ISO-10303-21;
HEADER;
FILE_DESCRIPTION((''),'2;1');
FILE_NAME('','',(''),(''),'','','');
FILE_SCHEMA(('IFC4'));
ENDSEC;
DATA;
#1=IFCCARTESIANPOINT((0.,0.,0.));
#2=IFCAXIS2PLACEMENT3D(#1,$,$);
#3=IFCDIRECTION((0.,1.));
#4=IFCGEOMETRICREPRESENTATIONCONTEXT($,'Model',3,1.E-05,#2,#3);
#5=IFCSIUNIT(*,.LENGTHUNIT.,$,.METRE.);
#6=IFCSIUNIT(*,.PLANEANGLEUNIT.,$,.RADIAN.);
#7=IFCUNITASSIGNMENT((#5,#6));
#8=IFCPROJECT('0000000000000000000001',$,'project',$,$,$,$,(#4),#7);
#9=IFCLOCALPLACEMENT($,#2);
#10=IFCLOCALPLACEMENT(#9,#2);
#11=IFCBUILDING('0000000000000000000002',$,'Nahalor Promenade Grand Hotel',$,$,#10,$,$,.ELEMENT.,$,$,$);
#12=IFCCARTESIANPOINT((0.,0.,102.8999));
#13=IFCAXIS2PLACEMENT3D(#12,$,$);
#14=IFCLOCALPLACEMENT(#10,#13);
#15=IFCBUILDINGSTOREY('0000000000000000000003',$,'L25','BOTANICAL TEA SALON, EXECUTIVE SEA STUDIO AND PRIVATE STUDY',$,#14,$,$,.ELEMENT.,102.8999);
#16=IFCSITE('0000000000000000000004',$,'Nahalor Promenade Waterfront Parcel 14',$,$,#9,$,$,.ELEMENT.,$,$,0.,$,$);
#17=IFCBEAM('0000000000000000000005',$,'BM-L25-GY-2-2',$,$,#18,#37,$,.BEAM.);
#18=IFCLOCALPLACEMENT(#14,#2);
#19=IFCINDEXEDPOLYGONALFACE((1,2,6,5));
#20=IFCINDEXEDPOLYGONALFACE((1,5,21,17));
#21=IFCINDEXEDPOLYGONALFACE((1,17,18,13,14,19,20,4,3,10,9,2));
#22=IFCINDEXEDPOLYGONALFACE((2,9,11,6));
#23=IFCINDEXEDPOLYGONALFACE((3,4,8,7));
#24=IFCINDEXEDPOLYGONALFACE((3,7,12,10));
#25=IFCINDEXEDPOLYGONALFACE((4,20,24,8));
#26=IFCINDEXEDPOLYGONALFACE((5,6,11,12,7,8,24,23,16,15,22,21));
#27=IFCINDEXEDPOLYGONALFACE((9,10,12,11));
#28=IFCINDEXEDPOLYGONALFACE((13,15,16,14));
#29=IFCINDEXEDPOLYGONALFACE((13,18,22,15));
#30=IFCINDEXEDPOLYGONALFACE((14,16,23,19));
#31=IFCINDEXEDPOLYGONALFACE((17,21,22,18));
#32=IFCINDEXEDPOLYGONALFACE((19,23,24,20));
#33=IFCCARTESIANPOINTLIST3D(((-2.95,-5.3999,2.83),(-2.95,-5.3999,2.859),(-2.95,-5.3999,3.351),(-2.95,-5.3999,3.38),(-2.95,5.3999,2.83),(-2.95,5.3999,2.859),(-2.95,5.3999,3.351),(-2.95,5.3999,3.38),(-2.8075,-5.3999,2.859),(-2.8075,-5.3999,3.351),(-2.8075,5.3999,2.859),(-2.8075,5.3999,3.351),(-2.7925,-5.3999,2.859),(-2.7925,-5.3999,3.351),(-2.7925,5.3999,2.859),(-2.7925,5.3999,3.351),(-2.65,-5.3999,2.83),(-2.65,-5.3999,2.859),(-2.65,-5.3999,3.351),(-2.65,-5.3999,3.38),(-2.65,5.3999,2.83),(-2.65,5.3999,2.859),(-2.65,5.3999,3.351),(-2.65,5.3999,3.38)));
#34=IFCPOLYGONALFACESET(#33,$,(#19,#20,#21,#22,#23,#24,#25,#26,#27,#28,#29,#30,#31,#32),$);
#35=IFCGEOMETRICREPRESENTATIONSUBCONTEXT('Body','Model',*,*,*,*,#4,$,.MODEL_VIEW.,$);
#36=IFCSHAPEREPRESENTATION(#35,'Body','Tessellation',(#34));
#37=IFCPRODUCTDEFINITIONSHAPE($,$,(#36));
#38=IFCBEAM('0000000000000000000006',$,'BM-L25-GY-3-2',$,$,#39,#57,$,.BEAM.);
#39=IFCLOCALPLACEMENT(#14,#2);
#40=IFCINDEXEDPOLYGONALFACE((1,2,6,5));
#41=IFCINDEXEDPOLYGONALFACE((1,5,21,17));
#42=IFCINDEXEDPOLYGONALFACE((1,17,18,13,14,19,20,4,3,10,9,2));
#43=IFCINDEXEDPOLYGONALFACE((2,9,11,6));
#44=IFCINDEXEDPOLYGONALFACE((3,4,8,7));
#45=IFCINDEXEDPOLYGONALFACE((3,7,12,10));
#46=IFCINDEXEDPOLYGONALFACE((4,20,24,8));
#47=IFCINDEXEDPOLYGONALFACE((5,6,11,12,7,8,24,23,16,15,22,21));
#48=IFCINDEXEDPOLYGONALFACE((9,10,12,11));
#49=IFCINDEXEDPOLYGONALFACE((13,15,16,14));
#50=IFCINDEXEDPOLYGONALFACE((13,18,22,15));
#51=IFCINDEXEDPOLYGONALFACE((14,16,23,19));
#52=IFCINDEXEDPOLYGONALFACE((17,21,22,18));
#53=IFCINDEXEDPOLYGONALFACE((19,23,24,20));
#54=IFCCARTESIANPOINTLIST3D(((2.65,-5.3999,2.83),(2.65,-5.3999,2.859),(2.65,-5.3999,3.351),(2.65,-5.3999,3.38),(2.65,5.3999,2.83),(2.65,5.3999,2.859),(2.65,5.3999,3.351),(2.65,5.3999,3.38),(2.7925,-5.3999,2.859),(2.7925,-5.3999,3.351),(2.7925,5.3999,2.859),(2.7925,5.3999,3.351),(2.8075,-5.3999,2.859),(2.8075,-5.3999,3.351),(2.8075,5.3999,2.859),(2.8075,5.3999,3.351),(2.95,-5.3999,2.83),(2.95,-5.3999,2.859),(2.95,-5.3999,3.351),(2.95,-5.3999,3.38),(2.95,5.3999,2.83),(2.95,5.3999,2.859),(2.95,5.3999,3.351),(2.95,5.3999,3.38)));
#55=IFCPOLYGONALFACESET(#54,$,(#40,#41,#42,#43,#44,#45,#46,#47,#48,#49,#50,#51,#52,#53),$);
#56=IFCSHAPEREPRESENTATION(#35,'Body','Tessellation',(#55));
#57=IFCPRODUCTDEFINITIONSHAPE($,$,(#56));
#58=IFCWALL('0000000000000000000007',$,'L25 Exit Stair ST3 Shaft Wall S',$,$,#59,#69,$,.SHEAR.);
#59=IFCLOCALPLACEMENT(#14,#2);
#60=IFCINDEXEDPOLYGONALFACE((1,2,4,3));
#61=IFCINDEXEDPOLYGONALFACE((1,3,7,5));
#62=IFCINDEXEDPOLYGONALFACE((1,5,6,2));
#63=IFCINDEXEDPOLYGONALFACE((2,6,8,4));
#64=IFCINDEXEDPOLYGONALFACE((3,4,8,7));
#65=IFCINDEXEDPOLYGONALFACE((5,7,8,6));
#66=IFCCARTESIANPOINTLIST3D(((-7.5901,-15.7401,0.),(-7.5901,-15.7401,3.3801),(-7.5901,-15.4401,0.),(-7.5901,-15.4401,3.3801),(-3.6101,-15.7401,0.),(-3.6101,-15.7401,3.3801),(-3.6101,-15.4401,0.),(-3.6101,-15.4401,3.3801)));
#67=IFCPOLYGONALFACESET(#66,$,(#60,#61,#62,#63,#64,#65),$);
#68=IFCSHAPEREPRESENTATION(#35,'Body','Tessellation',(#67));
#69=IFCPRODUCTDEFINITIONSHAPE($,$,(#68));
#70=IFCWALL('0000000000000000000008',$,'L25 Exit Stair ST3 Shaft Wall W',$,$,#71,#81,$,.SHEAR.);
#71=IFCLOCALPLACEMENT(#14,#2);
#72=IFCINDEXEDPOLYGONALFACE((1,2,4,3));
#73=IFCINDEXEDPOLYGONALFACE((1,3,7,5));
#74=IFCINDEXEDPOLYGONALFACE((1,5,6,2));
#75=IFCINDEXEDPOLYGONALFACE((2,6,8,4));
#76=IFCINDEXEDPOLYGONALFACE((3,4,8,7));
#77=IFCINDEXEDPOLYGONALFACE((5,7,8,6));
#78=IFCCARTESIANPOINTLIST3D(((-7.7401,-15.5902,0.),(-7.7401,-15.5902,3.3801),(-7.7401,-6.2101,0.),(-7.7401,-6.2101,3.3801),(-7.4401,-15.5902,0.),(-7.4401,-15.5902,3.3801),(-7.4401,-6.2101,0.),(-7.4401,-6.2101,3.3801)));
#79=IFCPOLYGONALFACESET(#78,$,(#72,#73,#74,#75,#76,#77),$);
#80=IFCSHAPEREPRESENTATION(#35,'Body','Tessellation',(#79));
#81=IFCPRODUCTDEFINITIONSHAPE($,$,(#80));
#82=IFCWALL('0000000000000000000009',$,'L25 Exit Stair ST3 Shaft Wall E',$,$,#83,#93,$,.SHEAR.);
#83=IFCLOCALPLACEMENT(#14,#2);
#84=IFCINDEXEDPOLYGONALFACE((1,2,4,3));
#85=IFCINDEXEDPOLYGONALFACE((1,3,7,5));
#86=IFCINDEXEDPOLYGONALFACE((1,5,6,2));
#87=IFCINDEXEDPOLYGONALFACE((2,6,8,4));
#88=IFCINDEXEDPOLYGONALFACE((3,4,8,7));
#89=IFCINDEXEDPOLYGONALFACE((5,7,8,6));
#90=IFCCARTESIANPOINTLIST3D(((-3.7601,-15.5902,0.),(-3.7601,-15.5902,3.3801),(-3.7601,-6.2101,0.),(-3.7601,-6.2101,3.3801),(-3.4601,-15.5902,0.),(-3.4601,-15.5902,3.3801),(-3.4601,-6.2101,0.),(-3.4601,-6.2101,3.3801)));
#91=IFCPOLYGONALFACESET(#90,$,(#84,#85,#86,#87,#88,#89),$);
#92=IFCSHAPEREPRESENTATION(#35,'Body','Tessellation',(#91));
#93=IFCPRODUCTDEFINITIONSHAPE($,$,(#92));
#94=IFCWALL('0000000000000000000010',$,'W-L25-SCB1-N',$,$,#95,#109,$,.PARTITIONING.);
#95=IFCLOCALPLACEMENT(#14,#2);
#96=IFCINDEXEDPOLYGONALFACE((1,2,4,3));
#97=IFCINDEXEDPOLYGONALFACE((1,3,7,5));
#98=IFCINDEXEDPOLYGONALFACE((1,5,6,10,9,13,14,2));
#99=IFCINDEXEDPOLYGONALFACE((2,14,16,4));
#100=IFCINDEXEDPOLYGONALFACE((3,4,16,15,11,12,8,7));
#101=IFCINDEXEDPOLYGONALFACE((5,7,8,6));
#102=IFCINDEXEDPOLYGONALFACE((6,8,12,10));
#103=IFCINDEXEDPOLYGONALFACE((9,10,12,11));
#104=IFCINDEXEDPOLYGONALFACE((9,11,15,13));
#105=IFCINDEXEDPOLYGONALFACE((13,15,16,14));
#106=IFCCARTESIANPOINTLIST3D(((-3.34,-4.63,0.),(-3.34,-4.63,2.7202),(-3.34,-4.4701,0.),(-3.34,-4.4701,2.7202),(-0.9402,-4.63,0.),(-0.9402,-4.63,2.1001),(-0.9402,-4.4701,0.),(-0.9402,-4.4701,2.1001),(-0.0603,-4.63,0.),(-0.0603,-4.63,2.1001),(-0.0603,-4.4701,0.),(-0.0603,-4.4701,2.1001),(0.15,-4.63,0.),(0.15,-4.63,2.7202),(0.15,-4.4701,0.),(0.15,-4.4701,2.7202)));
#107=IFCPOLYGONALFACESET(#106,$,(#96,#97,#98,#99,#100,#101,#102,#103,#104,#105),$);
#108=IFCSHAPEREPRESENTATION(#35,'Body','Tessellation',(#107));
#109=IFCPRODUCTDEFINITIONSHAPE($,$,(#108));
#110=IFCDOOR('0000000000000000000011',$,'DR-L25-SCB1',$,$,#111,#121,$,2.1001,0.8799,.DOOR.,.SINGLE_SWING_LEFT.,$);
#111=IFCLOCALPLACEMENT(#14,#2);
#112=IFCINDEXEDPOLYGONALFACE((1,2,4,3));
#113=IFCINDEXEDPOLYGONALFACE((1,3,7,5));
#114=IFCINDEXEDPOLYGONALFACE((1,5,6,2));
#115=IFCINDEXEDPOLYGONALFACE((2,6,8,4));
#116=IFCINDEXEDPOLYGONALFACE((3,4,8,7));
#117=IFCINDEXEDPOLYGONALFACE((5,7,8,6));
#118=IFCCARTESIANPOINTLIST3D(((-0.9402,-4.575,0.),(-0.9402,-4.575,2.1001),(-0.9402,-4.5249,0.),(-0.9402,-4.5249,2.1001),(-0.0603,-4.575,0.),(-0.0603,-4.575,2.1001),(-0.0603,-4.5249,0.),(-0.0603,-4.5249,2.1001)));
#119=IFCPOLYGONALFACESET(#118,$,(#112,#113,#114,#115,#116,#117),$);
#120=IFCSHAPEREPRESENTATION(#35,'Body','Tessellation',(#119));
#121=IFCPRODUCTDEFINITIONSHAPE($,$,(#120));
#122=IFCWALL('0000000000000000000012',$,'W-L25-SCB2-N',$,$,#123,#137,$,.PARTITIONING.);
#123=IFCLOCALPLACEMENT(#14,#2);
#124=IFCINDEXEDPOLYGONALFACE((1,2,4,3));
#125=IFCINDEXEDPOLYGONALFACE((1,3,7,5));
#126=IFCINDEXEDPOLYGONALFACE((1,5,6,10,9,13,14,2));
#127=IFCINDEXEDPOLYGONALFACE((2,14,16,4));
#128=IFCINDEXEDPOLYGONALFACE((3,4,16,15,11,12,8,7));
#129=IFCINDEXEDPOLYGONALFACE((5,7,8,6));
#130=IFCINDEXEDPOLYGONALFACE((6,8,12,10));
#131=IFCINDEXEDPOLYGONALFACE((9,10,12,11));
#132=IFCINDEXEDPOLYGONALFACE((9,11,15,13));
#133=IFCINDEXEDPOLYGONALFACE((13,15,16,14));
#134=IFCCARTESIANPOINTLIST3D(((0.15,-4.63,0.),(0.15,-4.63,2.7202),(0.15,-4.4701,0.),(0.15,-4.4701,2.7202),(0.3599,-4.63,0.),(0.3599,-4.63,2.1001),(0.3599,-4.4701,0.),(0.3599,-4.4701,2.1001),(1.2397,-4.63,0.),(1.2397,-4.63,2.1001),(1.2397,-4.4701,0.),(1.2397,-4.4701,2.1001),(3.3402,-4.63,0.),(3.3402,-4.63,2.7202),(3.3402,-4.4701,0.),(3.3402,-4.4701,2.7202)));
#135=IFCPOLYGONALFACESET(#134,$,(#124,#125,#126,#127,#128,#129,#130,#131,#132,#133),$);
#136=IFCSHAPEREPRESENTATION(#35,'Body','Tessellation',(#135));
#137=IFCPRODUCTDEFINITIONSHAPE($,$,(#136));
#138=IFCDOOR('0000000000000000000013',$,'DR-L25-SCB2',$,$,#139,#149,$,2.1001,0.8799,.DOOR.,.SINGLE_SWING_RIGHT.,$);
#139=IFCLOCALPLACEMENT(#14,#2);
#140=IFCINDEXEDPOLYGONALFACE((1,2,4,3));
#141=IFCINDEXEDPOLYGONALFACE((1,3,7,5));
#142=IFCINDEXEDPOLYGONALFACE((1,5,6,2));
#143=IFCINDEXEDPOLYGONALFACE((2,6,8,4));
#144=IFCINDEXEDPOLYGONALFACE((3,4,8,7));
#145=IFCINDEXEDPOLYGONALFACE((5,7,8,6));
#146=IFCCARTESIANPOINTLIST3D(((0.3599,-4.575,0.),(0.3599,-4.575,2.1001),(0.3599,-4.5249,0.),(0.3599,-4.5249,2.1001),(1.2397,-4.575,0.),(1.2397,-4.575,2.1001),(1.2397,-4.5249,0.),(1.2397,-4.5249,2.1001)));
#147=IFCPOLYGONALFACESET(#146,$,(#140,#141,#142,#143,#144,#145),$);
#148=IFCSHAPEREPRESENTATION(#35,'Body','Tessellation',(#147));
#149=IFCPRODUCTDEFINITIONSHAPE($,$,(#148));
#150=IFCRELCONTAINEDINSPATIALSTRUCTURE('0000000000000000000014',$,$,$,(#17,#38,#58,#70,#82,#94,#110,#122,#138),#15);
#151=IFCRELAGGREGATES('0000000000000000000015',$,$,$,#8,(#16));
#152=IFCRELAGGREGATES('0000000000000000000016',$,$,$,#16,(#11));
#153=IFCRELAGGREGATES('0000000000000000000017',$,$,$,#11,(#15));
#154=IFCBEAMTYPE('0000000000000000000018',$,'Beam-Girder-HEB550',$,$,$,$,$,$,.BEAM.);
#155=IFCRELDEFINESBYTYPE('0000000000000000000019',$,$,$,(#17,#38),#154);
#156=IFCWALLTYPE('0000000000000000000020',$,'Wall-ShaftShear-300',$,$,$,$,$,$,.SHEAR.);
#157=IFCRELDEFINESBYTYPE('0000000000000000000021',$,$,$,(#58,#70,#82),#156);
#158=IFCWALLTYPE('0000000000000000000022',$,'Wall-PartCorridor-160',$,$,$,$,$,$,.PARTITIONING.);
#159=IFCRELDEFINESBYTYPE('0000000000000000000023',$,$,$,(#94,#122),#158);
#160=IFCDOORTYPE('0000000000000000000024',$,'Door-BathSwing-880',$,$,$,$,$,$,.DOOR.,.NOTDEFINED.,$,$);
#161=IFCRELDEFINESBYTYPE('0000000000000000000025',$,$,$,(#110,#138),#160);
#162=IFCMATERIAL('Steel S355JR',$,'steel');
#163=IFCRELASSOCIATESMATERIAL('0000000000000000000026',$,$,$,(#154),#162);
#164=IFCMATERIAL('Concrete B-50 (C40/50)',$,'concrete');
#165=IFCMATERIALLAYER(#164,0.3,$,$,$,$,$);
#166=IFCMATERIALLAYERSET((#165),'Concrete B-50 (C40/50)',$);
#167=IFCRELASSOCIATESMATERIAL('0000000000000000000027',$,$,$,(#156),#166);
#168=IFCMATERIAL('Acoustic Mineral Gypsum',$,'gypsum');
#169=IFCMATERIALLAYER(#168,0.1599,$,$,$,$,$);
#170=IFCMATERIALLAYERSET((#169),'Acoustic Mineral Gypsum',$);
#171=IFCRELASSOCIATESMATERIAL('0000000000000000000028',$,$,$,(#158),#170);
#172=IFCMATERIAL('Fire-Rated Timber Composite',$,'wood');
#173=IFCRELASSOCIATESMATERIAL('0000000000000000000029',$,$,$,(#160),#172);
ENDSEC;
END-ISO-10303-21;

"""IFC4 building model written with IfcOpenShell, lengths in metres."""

from ifc_helpers import new_model, si_unit, direction, frame, frame_2d, origin, origin_2d, place, context, subcontext, project, spatial, rectangle, i_section, extrude, source, transform, mapped, material, layer, layer_set, material_profile, profile_set, type_object, element, fill, save


model = new_model("IFC4")

# Units and contexts
model_context = context("Model", 3, precision=1e-05, world=origin(), true_north=direction((0.0, 1.0)))
body_context = subcontext(model_context, "Body", "Model", "MODEL_VIEW")
ifc_project = project(units=[si_unit("LENGTHUNIT", "METRE"), si_unit("PLANEANGLEUNIT", "RADIAN")], contexts=[model_context])

# Site, building, storey
site_placement = place(None, origin())
site = spatial("IfcSite", under=ifc_project, at=site_placement, Name="Nahalor Promenade Waterfront Parcel 14", CompositionType="ELEMENT", RefElevation=0.0)
building_placement = place(site_placement, origin())
building = spatial("IfcBuilding", under=site, at=building_placement, Name="Nahalor Promenade Grand Hotel", CompositionType="ELEMENT")
storey_placement = place(building_placement, frame((0.0, 0.0, 102.8999)))
storey = spatial("IfcBuildingStorey", under=building, at=storey_placement, Name="L25", Description="BOTANICAL TEA SALON, EXECUTIVE SEA STUDIO AND PRIVATE STUDY", CompositionType="ELEMENT", Elevation=102.8999)

# Beams
ifc_material_1 = material(Name="Steel S355JR", Category="steel")
ifc_material_profile_1 = material_profile(ifc_material_1, i_section(OverallWidth=0.3, OverallDepth=0.55, WebThickness=0.015, FlangeThickness=0.029, at=origin_2d()), Name="HEB 550")
ifc_profile_set_1 = profile_set([ifc_material_profile_1], Name="Steel S355JR")
beam_type = type_object("IfcBeamType", Name="Beam-Girder-HEB550", PredefinedType="BEAM", material=ifc_profile_set_1)
shared_shape_1 = source(origin(), body_context, "Body", "SweptSolid", [
    extrude(i_section(OverallWidth=0.3, OverallDepth=0.55, WebThickness=0.015, FlangeThickness=0.029, at=origin_2d()), origin(), (0.0, 0.0, 1.0), 10.7998),
])
for number, where, z_axis, x_axis, name in (
    (1, (-2.8, -5.3999, 3.105), (0.0, 1.0, 0.0), (-1.0, 0.0, 0.0), "BM-L25-GY-2-2"),
    (2, (2.8, -5.3999, 3.105), (0.0, 1.0, 0.0), (-1.0, 0.0, 0.0), "BM-L25-GY-3-2"),
):
    element("IfcBeam", number, at=place(storey_placement, frame(where, z_axis=z_axis, x_axis=x_axis)), inside=storey, type_object=beam_type, Name=name, PredefinedType="BEAM", context=body_context, shape_type="MappedRepresentation", body=[
        mapped(shared_shape_1, transform((0.0, 0.0, 0.0), scale=1.0)),
    ])

# Wall
ifc_material_2 = material(Name="Concrete B-50 (C40/50)", Category="concrete")
ifc_layer_1 = layer(ifc_material_2, 0.3)
ifc_layer_set_1 = layer_set([ifc_layer_1], Name="Concrete B-50 (C40/50)")
wall_type_1 = type_object("IfcWallType", Name="Wall-ShaftShear-300", PredefinedType="SHEAR", material=ifc_layer_set_1)
shared_shape_2 = source(origin(), body_context, "Body", "SweptSolid", [
    extrude(rectangle(XDim=3.98, YDim=0.3, at=frame_2d((1.99, 0.0))), origin(), (0.0, 0.0, 1.0), 3.3801),
])
wall_1_placement = place(storey_placement, frame((-7.5901, -15.5901, 0.0), z_axis=(0.0, 0.0, 1.0), x_axis=(1.0, 0.0, 0.0)))
element("IfcWall", 3, at=wall_1_placement, inside=storey, type_object=wall_type_1, Name="L25 Exit Stair ST3 Shaft Wall S", PredefinedType="SHEAR", context=body_context, shape_type="MappedRepresentation", body=[
    mapped(shared_shape_2, transform((0.0, 0.0, 0.0), scale=1.0)),
])

# Walls
shared_shape_3 = source(origin(), body_context, "Body", "SweptSolid", [
    extrude(rectangle(XDim=9.3801, YDim=0.3, at=frame_2d((4.6899, 0.0))), origin(), (0.0, 0.0, 1.0), 3.3801),
])
for number, where, z_axis, x_axis, name in (
    (4, (-7.5901, -15.5901, 0.0), (0.0, 0.0, 1.0), (0.0, 1.0, 0.0), "L25 Exit Stair ST3 Shaft Wall W"),
    (5, (-3.6101, -15.5901, 0.0), (0.0, 0.0, 1.0), (0.0, 1.0, 0.0), "L25 Exit Stair ST3 Shaft Wall E"),
):
    element("IfcWall", number, at=place(storey_placement, frame(where, z_axis=z_axis, x_axis=x_axis)), inside=storey, type_object=wall_type_1, Name=name, PredefinedType="SHEAR", context=body_context, shape_type="MappedRepresentation", body=[
        mapped(shared_shape_3, transform((0.0, 0.0, 0.0), scale=1.0)),
    ])

# Walls, openings, doors
ifc_material_3 = material(Name="Acoustic Mineral Gypsum", Category="gypsum")
ifc_layer_2 = layer(ifc_material_3, 0.1599)
ifc_layer_set_2 = layer_set([ifc_layer_2], Name="Acoustic Mineral Gypsum")
wall_type_2 = type_object("IfcWallType", Name="Wall-PartCorridor-160", PredefinedType="PARTITIONING", material=ifc_layer_set_2)
shared_shape_4 = source(origin(), body_context, "Body", "SweptSolid", [
    extrude(rectangle(XDim=3.49, YDim=0.1599, at=frame_2d((1.7451, 0.0))), origin(), (0.0, 0.0, 1.0), 2.7202),
])
wall_2_placement = place(storey_placement, frame((-3.3401, -4.55, 0.0), z_axis=(0.0, 0.0, 1.0), x_axis=(1.0, 0.0, 0.0)))
wall_2 = element("IfcWall", 6, at=wall_2_placement, inside=storey, type_object=wall_type_2, Name="W-L25-SCB1-N", PredefinedType="PARTITIONING", context=body_context, shape_type="MappedRepresentation", body=[
    mapped(shared_shape_4, transform((0.0, 0.0, 0.0), scale=1.0)),
])
opening_1_placement = place(wall_2_placement, frame((2.3999, 0.0, 0.0)))
opening_1 = element("IfcOpeningElement", 7, at=opening_1_placement, cuts=wall_2, PredefinedType="OPENING", context=body_context, shape_type="SweptSolid", body=[
    extrude(rectangle(XDim=0.8799, YDim=2.1001, at=frame_2d((0.4399, 1.05))), frame((0.0, 0.0898, 0.0), z_axis=(0.0, -1.0, 0.0), x_axis=(1.0, 0.0, 0.0)), (0.0, 0.0, 1.0), 0.1799),
])
ifc_material_4 = material(Name="Fire-Rated Timber Composite", Category="wood")
door_type_1 = type_object("IfcDoorType", Name="Door-BathSwing-880", OperationType="NOTDEFINED", PredefinedType="DOOR", material=ifc_material_4)
shared_shape_5 = source(origin(), body_context, "Body", "SweptSolid", [
    extrude(rectangle(XDim=0.8799, YDim=2.1001, at=frame_2d((0.4399, 1.05))), frame((0.0, 0.0249, 0.0), z_axis=(0.0, -1.0, 0.0), x_axis=(1.0, 0.0, 0.0)), (0.0, 0.0, 1.0), 0.05),
])
door_1_placement = place(opening_1_placement, frame((0.8799, 0.0, 0.0), z_axis=(0.0, 0.0, 1.0), x_axis=(-1.0, 0.0, 0.0)))
door_1 = element("IfcDoor", 8, at=door_1_placement, inside=storey, type_object=door_type_1, Name="DR-L25-SCB1", OperationType="SINGLE_SWING_LEFT", OverallHeight=2.1001, OverallWidth=0.8799, PredefinedType="DOOR", context=body_context, shape_type="MappedRepresentation", body=[
    mapped(shared_shape_5, transform((0.0, 0.0, 0.0), scale=1.0)),
])
fill(opening_1, door_1)
shared_shape_6 = source(origin(), body_context, "Body", "SweptSolid", [
    extrude(rectangle(XDim=3.1902, YDim=0.1599, at=frame_2d((1.5952, 0.0))), origin(), (0.0, 0.0, 1.0), 2.7202),
])
wall_3_placement = place(storey_placement, frame((0.1499, -4.55, 0.0), z_axis=(0.0, 0.0, 1.0), x_axis=(1.0, 0.0, 0.0)))
wall_3 = element("IfcWall", 9, at=wall_3_placement, inside=storey, type_object=wall_type_2, Name="W-L25-SCB2-N", PredefinedType="PARTITIONING", context=body_context, shape_type="MappedRepresentation", body=[
    mapped(shared_shape_6, transform((0.0, 0.0, 0.0), scale=1.0)),
])
opening_2_placement = place(wall_3_placement, frame((0.21, 0.0, 0.0)))
opening_2 = element("IfcOpeningElement", 10, at=opening_2_placement, cuts=wall_3, PredefinedType="OPENING", context=body_context, shape_type="SweptSolid", body=[
    extrude(rectangle(XDim=0.8799, YDim=2.1001, at=frame_2d((0.4399, 1.05))), frame((0.0, 0.0898, 0.0), z_axis=(0.0, -1.0, 0.0), x_axis=(1.0, 0.0, 0.0)), (0.0, 0.0, 1.0), 0.1799),
])
door_2_placement = place(opening_2_placement, frame((0.8799, 0.0, 0.0), z_axis=(0.0, 0.0, 1.0), x_axis=(-1.0, 0.0, 0.0)))
door_2 = element("IfcDoor", 11, at=door_2_placement, inside=storey, type_object=door_type_1, Name="DR-L25-SCB2", OperationType="SINGLE_SWING_RIGHT", OverallHeight=2.1001, OverallWidth=0.8799, PredefinedType="DOOR", context=body_context, shape_type="MappedRepresentation", body=[
    mapped(shared_shape_5, transform((0.0, 0.0, 0.0), scale=1.0)),
])
fill(opening_2, door_2)

save(model, "model.ifc")
